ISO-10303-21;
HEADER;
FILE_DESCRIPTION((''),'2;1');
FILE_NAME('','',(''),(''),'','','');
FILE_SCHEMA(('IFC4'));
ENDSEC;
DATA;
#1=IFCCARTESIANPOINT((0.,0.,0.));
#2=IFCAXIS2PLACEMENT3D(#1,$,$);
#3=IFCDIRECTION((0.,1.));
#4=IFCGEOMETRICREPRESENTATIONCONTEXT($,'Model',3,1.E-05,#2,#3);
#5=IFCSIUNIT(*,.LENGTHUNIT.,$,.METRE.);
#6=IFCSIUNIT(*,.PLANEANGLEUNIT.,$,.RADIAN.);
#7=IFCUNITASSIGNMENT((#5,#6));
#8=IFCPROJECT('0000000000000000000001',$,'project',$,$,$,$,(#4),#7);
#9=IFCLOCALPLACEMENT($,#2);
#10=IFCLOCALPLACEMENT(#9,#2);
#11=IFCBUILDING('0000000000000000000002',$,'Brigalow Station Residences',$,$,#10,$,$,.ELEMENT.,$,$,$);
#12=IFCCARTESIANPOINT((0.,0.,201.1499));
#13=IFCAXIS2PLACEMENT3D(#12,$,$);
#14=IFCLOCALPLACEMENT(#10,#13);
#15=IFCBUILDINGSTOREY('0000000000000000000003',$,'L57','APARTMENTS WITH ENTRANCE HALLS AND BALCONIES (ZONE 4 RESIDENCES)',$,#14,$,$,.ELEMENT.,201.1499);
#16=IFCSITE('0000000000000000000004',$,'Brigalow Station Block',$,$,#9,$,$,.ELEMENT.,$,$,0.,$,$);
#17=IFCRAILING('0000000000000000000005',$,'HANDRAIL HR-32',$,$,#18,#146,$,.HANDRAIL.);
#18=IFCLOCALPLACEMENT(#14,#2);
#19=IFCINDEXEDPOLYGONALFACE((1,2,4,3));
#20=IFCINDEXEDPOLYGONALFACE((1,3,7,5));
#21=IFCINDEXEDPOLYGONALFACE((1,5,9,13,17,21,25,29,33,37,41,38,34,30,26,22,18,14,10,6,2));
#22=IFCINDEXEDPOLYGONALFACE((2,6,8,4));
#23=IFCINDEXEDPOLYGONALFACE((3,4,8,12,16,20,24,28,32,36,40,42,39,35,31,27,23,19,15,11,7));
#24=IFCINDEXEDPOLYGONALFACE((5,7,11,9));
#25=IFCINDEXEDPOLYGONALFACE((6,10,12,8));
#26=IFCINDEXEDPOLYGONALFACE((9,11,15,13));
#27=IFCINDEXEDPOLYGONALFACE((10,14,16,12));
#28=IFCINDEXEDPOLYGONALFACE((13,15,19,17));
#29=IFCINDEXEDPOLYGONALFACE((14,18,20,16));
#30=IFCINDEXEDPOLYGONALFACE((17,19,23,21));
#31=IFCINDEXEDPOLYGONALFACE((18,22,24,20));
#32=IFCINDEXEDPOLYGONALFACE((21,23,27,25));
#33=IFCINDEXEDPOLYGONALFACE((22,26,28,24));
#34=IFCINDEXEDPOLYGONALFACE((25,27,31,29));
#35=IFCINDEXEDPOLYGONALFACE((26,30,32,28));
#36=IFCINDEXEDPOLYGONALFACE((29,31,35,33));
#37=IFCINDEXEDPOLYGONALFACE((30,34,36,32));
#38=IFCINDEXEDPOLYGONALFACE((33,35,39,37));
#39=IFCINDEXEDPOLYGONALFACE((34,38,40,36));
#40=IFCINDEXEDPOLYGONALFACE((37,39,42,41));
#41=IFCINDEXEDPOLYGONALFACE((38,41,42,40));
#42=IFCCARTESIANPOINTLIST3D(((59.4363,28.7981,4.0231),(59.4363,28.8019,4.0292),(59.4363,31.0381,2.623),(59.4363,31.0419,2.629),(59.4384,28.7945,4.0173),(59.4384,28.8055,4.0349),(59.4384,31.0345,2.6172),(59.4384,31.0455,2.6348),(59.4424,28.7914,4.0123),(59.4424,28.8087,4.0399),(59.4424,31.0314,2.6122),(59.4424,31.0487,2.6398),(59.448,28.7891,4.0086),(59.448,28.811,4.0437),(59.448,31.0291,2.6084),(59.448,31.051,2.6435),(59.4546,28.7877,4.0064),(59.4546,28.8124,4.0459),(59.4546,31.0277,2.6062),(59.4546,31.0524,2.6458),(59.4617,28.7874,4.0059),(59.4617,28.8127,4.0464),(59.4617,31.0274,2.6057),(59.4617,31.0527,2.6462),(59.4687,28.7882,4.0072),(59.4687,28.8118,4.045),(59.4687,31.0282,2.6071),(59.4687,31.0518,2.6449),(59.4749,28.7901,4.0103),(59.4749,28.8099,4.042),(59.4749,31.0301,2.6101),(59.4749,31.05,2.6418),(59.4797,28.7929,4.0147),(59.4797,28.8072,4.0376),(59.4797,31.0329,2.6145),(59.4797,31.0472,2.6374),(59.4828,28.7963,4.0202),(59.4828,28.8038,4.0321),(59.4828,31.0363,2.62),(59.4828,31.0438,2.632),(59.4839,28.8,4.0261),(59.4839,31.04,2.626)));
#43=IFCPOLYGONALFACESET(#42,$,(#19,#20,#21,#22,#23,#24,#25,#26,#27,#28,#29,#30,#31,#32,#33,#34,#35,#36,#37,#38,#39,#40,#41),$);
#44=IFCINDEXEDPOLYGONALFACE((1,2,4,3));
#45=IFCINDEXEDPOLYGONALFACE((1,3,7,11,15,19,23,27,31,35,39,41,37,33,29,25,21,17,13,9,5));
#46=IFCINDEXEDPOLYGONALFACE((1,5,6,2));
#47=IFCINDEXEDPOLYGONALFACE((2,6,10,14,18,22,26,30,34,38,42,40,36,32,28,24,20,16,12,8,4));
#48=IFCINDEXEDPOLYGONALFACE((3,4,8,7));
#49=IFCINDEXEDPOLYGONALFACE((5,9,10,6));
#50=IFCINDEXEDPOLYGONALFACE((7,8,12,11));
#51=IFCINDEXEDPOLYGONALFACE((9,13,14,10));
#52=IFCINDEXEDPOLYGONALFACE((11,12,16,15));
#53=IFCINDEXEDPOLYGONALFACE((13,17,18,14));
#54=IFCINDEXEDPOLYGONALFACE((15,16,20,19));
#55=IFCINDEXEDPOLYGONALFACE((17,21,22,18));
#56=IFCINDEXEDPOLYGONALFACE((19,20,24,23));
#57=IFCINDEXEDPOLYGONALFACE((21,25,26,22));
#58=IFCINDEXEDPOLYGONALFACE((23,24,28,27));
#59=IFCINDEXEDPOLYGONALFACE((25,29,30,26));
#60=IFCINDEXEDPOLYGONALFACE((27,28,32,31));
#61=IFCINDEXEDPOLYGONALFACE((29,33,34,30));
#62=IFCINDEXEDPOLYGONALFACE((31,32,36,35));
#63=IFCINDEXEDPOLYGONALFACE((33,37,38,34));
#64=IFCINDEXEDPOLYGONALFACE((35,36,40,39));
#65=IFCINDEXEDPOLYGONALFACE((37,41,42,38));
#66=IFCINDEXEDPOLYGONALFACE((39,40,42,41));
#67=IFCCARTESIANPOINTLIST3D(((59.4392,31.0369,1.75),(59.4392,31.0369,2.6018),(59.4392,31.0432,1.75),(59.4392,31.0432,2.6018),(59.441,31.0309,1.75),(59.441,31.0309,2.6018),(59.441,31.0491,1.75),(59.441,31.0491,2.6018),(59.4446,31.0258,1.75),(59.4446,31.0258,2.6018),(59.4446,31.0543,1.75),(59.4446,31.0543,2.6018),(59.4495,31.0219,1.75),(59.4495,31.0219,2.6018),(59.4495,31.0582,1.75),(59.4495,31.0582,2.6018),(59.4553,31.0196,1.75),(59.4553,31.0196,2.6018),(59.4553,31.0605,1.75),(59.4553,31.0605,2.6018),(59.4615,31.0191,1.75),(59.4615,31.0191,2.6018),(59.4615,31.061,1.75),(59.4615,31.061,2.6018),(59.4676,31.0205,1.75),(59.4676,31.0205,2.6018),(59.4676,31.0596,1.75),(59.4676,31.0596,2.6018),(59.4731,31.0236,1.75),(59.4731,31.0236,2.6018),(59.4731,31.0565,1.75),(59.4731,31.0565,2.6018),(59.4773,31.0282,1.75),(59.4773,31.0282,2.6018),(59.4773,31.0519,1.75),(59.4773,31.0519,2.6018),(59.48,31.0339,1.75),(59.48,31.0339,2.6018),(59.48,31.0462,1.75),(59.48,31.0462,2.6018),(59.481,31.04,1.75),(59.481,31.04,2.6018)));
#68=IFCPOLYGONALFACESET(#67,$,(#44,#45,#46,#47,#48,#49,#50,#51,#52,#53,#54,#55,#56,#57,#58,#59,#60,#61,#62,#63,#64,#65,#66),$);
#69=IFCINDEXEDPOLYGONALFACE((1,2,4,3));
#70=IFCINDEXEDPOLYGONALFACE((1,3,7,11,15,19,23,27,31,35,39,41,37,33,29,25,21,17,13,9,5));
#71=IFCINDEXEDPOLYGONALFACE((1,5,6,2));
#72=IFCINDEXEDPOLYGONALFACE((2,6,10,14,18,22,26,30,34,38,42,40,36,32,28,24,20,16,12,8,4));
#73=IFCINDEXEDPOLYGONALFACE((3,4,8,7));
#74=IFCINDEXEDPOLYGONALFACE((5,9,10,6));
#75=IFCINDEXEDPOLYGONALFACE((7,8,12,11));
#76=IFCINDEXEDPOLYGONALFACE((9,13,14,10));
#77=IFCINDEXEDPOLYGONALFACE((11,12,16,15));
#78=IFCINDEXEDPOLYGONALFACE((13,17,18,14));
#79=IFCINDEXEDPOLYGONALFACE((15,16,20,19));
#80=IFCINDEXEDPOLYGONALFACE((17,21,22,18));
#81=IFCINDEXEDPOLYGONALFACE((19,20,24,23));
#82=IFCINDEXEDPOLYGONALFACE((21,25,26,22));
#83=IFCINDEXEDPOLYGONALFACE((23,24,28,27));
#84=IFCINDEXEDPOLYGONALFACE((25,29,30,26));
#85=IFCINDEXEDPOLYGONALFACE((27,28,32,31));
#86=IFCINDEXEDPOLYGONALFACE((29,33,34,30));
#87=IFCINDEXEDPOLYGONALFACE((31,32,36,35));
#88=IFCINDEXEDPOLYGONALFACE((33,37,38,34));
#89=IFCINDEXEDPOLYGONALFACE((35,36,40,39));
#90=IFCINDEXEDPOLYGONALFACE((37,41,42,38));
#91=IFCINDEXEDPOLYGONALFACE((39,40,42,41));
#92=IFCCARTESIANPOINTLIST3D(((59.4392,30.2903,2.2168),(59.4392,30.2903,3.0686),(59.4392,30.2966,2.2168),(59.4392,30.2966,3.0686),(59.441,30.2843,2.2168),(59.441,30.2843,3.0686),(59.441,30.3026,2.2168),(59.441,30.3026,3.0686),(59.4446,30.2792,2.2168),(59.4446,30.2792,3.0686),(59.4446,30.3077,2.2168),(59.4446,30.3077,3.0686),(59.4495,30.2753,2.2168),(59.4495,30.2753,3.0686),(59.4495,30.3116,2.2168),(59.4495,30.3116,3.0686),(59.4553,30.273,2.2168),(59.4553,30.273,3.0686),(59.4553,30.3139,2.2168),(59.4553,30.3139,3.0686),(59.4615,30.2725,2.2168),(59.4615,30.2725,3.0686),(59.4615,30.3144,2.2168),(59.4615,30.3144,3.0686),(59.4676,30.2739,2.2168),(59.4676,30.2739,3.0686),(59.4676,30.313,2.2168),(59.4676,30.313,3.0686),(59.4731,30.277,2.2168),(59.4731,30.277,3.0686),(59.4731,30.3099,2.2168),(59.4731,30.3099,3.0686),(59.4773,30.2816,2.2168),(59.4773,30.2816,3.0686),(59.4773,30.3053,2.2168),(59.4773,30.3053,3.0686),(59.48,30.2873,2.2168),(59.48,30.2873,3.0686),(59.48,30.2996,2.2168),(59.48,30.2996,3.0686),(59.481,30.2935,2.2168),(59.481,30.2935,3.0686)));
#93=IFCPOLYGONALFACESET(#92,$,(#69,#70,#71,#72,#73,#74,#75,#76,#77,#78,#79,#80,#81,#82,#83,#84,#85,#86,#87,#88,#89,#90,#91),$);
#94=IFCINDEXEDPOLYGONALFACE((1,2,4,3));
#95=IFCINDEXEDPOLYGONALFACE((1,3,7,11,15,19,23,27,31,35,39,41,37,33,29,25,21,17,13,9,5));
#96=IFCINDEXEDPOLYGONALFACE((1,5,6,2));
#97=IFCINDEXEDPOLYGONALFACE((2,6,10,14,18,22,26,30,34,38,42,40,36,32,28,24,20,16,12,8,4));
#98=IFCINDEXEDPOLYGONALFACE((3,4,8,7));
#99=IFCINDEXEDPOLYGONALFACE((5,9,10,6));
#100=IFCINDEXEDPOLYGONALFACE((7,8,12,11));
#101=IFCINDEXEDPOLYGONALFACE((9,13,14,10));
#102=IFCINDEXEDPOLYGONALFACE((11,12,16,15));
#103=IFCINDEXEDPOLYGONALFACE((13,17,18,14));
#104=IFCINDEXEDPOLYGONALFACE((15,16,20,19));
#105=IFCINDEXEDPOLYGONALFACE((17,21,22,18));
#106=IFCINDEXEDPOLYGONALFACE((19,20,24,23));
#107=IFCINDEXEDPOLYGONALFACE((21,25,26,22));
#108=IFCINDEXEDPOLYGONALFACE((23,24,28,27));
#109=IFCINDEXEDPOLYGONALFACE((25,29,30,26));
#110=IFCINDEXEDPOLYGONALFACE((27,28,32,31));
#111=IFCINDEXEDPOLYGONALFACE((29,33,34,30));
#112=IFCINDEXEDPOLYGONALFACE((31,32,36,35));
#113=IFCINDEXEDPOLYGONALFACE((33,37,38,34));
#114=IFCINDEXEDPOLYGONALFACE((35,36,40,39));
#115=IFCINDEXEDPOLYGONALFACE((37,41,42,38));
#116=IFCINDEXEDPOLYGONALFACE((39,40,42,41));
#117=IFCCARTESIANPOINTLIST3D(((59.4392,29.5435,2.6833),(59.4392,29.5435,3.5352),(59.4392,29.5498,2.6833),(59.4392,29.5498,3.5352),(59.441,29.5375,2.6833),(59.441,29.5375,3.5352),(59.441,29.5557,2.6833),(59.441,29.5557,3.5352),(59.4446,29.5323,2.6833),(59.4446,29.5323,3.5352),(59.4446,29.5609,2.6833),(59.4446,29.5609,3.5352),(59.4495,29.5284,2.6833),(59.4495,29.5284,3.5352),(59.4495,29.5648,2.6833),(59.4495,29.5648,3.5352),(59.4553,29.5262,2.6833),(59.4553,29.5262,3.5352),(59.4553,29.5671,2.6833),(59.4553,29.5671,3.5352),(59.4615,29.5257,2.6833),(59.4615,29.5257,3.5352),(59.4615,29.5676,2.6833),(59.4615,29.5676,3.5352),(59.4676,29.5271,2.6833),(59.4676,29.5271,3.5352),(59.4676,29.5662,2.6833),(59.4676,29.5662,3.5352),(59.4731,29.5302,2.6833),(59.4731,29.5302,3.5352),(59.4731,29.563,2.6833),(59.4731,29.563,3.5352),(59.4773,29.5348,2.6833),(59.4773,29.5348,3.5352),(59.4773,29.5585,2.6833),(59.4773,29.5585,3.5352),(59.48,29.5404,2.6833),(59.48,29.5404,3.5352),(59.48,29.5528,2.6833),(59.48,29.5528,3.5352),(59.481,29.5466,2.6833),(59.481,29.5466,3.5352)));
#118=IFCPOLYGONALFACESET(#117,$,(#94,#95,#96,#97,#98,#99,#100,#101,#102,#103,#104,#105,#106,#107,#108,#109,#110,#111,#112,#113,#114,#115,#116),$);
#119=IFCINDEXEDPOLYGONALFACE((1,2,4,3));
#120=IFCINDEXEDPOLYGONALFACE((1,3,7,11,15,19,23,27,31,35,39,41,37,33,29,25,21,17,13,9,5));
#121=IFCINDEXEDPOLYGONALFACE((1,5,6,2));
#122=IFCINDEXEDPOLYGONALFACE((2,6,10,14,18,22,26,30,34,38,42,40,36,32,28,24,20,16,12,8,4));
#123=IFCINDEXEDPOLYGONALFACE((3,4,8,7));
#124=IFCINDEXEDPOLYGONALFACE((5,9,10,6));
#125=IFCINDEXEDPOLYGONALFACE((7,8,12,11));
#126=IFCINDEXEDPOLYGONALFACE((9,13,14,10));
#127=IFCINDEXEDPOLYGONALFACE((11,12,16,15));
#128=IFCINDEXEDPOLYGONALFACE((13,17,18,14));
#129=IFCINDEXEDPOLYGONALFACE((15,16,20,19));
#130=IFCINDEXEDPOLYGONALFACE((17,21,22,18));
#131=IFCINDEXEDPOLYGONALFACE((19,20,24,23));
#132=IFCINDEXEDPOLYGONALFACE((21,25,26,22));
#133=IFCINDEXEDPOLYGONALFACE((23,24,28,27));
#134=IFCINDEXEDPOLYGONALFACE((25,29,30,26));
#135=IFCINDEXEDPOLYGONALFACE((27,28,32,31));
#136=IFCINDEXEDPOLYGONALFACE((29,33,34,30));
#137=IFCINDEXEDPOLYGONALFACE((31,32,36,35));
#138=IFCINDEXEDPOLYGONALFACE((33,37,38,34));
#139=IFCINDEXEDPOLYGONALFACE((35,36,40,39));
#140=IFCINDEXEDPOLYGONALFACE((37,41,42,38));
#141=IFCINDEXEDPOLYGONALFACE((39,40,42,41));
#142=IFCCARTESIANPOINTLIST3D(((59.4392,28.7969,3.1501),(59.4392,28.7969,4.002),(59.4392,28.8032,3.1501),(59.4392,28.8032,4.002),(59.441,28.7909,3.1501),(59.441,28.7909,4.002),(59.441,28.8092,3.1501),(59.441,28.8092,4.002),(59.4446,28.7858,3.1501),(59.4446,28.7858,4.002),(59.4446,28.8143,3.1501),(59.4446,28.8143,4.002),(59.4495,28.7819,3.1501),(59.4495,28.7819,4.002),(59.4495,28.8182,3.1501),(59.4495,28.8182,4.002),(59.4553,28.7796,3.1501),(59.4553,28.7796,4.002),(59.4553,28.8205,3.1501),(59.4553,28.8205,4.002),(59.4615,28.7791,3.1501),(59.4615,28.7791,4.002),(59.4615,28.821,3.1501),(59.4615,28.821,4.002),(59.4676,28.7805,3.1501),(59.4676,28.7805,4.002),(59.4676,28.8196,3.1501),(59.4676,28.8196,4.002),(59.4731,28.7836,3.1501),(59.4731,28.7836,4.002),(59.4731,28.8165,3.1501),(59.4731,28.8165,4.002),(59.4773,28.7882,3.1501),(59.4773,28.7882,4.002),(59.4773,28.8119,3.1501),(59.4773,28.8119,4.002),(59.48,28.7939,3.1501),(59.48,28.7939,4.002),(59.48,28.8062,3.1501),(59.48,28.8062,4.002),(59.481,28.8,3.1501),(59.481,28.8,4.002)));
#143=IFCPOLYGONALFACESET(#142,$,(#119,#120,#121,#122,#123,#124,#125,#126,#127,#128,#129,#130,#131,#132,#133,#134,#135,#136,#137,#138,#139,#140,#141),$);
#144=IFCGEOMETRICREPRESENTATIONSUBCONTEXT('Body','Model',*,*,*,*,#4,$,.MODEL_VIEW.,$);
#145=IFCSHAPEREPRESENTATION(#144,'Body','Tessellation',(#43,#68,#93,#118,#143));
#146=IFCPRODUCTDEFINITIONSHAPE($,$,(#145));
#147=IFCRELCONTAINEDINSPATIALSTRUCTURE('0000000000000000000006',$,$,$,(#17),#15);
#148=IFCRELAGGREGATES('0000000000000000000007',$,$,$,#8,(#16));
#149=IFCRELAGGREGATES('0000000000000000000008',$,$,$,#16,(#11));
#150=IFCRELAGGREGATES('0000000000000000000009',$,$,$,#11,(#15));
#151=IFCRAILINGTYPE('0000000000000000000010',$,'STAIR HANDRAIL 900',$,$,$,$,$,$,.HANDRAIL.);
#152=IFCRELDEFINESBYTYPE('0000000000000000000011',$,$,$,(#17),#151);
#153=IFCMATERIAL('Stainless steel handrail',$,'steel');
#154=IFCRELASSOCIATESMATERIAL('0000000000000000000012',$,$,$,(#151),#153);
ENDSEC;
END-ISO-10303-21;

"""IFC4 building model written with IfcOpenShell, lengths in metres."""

from ifc_helpers import new_model, si_unit, direction, frame, origin, origin_2d, place, context, subcontext, project, spatial, circle, extrude, material, type_object, element, save


model = new_model("IFC4")

# Units and contexts
model_context = context("Model", 3, precision=1e-05, world=origin(), true_north=direction((0.0, 1.0)))
body_context = subcontext(model_context, "Body", "Model", "MODEL_VIEW")
ifc_project = project(units=[si_unit("LENGTHUNIT", "METRE"), si_unit("PLANEANGLEUNIT", "RADIAN")], contexts=[model_context])

# Site, building, storey
site_placement = place(None, origin())
site = spatial("IfcSite", under=ifc_project, at=site_placement, Name="Brigalow Station Block", CompositionType="ELEMENT", RefElevation=0.0)
building_placement = place(site_placement, origin())
building = spatial("IfcBuilding", under=site, at=building_placement, Name="Brigalow Station Residences", CompositionType="ELEMENT")
storey_placement = place(building_placement, frame((0.0, 0.0, 201.1499)))
storey = spatial("IfcBuildingStorey", under=building, at=storey_placement, Name="L57", Description="APARTMENTS WITH ENTRANCE HALLS AND BALCONIES (ZONE 4 RESIDENCES)", CompositionType="ELEMENT", Elevation=201.1499)

# Railing
ifc_material_1 = material(Name="Stainless steel handrail", Category="steel")
railing_type_1 = type_object("IfcRailingType", Name="STAIR HANDRAIL 900", PredefinedType="HANDRAIL", material=ifc_material_1)
railing_1_placement = place(storey_placement, frame((59.46, 31.04, 1.75)))
element("IfcRailing", 1, at=railing_1_placement, inside=storey, type_object=railing_type_1, Name="HANDRAIL HR-32", PredefinedType="HANDRAIL", context=body_context, shape_type="SweptSolid", body=[
    extrude(circle(Radius=0.0239, at=origin_2d()), frame((0.0, 0.0, 0.876), z_axis=(0.0, -0.847972, 0.53004), x_axis=(1.0, 0.0, 0.0)), (0.0, 0.0, 1.0), 2.6416),
    extrude(circle(Radius=0.021, at=origin_2d()), origin(), (0.0, 0.0, 1.0), 0.8518),
    extrude(circle(Radius=0.021, at=origin_2d()), frame((0.0, -0.7466, 0.4668)), (0.0, 0.0, 1.0), 0.8518),
    extrude(circle(Radius=0.021, at=origin_2d()), frame((0.0, -1.4934, 0.9333)), (0.0, 0.0, 1.0), 0.8518),
    extrude(circle(Radius=0.021, at=origin_2d()), frame((0.0, -2.24, 1.4001)), (0.0, 0.0, 1.0), 0.8518),
])

save(model, "model.ifc")
